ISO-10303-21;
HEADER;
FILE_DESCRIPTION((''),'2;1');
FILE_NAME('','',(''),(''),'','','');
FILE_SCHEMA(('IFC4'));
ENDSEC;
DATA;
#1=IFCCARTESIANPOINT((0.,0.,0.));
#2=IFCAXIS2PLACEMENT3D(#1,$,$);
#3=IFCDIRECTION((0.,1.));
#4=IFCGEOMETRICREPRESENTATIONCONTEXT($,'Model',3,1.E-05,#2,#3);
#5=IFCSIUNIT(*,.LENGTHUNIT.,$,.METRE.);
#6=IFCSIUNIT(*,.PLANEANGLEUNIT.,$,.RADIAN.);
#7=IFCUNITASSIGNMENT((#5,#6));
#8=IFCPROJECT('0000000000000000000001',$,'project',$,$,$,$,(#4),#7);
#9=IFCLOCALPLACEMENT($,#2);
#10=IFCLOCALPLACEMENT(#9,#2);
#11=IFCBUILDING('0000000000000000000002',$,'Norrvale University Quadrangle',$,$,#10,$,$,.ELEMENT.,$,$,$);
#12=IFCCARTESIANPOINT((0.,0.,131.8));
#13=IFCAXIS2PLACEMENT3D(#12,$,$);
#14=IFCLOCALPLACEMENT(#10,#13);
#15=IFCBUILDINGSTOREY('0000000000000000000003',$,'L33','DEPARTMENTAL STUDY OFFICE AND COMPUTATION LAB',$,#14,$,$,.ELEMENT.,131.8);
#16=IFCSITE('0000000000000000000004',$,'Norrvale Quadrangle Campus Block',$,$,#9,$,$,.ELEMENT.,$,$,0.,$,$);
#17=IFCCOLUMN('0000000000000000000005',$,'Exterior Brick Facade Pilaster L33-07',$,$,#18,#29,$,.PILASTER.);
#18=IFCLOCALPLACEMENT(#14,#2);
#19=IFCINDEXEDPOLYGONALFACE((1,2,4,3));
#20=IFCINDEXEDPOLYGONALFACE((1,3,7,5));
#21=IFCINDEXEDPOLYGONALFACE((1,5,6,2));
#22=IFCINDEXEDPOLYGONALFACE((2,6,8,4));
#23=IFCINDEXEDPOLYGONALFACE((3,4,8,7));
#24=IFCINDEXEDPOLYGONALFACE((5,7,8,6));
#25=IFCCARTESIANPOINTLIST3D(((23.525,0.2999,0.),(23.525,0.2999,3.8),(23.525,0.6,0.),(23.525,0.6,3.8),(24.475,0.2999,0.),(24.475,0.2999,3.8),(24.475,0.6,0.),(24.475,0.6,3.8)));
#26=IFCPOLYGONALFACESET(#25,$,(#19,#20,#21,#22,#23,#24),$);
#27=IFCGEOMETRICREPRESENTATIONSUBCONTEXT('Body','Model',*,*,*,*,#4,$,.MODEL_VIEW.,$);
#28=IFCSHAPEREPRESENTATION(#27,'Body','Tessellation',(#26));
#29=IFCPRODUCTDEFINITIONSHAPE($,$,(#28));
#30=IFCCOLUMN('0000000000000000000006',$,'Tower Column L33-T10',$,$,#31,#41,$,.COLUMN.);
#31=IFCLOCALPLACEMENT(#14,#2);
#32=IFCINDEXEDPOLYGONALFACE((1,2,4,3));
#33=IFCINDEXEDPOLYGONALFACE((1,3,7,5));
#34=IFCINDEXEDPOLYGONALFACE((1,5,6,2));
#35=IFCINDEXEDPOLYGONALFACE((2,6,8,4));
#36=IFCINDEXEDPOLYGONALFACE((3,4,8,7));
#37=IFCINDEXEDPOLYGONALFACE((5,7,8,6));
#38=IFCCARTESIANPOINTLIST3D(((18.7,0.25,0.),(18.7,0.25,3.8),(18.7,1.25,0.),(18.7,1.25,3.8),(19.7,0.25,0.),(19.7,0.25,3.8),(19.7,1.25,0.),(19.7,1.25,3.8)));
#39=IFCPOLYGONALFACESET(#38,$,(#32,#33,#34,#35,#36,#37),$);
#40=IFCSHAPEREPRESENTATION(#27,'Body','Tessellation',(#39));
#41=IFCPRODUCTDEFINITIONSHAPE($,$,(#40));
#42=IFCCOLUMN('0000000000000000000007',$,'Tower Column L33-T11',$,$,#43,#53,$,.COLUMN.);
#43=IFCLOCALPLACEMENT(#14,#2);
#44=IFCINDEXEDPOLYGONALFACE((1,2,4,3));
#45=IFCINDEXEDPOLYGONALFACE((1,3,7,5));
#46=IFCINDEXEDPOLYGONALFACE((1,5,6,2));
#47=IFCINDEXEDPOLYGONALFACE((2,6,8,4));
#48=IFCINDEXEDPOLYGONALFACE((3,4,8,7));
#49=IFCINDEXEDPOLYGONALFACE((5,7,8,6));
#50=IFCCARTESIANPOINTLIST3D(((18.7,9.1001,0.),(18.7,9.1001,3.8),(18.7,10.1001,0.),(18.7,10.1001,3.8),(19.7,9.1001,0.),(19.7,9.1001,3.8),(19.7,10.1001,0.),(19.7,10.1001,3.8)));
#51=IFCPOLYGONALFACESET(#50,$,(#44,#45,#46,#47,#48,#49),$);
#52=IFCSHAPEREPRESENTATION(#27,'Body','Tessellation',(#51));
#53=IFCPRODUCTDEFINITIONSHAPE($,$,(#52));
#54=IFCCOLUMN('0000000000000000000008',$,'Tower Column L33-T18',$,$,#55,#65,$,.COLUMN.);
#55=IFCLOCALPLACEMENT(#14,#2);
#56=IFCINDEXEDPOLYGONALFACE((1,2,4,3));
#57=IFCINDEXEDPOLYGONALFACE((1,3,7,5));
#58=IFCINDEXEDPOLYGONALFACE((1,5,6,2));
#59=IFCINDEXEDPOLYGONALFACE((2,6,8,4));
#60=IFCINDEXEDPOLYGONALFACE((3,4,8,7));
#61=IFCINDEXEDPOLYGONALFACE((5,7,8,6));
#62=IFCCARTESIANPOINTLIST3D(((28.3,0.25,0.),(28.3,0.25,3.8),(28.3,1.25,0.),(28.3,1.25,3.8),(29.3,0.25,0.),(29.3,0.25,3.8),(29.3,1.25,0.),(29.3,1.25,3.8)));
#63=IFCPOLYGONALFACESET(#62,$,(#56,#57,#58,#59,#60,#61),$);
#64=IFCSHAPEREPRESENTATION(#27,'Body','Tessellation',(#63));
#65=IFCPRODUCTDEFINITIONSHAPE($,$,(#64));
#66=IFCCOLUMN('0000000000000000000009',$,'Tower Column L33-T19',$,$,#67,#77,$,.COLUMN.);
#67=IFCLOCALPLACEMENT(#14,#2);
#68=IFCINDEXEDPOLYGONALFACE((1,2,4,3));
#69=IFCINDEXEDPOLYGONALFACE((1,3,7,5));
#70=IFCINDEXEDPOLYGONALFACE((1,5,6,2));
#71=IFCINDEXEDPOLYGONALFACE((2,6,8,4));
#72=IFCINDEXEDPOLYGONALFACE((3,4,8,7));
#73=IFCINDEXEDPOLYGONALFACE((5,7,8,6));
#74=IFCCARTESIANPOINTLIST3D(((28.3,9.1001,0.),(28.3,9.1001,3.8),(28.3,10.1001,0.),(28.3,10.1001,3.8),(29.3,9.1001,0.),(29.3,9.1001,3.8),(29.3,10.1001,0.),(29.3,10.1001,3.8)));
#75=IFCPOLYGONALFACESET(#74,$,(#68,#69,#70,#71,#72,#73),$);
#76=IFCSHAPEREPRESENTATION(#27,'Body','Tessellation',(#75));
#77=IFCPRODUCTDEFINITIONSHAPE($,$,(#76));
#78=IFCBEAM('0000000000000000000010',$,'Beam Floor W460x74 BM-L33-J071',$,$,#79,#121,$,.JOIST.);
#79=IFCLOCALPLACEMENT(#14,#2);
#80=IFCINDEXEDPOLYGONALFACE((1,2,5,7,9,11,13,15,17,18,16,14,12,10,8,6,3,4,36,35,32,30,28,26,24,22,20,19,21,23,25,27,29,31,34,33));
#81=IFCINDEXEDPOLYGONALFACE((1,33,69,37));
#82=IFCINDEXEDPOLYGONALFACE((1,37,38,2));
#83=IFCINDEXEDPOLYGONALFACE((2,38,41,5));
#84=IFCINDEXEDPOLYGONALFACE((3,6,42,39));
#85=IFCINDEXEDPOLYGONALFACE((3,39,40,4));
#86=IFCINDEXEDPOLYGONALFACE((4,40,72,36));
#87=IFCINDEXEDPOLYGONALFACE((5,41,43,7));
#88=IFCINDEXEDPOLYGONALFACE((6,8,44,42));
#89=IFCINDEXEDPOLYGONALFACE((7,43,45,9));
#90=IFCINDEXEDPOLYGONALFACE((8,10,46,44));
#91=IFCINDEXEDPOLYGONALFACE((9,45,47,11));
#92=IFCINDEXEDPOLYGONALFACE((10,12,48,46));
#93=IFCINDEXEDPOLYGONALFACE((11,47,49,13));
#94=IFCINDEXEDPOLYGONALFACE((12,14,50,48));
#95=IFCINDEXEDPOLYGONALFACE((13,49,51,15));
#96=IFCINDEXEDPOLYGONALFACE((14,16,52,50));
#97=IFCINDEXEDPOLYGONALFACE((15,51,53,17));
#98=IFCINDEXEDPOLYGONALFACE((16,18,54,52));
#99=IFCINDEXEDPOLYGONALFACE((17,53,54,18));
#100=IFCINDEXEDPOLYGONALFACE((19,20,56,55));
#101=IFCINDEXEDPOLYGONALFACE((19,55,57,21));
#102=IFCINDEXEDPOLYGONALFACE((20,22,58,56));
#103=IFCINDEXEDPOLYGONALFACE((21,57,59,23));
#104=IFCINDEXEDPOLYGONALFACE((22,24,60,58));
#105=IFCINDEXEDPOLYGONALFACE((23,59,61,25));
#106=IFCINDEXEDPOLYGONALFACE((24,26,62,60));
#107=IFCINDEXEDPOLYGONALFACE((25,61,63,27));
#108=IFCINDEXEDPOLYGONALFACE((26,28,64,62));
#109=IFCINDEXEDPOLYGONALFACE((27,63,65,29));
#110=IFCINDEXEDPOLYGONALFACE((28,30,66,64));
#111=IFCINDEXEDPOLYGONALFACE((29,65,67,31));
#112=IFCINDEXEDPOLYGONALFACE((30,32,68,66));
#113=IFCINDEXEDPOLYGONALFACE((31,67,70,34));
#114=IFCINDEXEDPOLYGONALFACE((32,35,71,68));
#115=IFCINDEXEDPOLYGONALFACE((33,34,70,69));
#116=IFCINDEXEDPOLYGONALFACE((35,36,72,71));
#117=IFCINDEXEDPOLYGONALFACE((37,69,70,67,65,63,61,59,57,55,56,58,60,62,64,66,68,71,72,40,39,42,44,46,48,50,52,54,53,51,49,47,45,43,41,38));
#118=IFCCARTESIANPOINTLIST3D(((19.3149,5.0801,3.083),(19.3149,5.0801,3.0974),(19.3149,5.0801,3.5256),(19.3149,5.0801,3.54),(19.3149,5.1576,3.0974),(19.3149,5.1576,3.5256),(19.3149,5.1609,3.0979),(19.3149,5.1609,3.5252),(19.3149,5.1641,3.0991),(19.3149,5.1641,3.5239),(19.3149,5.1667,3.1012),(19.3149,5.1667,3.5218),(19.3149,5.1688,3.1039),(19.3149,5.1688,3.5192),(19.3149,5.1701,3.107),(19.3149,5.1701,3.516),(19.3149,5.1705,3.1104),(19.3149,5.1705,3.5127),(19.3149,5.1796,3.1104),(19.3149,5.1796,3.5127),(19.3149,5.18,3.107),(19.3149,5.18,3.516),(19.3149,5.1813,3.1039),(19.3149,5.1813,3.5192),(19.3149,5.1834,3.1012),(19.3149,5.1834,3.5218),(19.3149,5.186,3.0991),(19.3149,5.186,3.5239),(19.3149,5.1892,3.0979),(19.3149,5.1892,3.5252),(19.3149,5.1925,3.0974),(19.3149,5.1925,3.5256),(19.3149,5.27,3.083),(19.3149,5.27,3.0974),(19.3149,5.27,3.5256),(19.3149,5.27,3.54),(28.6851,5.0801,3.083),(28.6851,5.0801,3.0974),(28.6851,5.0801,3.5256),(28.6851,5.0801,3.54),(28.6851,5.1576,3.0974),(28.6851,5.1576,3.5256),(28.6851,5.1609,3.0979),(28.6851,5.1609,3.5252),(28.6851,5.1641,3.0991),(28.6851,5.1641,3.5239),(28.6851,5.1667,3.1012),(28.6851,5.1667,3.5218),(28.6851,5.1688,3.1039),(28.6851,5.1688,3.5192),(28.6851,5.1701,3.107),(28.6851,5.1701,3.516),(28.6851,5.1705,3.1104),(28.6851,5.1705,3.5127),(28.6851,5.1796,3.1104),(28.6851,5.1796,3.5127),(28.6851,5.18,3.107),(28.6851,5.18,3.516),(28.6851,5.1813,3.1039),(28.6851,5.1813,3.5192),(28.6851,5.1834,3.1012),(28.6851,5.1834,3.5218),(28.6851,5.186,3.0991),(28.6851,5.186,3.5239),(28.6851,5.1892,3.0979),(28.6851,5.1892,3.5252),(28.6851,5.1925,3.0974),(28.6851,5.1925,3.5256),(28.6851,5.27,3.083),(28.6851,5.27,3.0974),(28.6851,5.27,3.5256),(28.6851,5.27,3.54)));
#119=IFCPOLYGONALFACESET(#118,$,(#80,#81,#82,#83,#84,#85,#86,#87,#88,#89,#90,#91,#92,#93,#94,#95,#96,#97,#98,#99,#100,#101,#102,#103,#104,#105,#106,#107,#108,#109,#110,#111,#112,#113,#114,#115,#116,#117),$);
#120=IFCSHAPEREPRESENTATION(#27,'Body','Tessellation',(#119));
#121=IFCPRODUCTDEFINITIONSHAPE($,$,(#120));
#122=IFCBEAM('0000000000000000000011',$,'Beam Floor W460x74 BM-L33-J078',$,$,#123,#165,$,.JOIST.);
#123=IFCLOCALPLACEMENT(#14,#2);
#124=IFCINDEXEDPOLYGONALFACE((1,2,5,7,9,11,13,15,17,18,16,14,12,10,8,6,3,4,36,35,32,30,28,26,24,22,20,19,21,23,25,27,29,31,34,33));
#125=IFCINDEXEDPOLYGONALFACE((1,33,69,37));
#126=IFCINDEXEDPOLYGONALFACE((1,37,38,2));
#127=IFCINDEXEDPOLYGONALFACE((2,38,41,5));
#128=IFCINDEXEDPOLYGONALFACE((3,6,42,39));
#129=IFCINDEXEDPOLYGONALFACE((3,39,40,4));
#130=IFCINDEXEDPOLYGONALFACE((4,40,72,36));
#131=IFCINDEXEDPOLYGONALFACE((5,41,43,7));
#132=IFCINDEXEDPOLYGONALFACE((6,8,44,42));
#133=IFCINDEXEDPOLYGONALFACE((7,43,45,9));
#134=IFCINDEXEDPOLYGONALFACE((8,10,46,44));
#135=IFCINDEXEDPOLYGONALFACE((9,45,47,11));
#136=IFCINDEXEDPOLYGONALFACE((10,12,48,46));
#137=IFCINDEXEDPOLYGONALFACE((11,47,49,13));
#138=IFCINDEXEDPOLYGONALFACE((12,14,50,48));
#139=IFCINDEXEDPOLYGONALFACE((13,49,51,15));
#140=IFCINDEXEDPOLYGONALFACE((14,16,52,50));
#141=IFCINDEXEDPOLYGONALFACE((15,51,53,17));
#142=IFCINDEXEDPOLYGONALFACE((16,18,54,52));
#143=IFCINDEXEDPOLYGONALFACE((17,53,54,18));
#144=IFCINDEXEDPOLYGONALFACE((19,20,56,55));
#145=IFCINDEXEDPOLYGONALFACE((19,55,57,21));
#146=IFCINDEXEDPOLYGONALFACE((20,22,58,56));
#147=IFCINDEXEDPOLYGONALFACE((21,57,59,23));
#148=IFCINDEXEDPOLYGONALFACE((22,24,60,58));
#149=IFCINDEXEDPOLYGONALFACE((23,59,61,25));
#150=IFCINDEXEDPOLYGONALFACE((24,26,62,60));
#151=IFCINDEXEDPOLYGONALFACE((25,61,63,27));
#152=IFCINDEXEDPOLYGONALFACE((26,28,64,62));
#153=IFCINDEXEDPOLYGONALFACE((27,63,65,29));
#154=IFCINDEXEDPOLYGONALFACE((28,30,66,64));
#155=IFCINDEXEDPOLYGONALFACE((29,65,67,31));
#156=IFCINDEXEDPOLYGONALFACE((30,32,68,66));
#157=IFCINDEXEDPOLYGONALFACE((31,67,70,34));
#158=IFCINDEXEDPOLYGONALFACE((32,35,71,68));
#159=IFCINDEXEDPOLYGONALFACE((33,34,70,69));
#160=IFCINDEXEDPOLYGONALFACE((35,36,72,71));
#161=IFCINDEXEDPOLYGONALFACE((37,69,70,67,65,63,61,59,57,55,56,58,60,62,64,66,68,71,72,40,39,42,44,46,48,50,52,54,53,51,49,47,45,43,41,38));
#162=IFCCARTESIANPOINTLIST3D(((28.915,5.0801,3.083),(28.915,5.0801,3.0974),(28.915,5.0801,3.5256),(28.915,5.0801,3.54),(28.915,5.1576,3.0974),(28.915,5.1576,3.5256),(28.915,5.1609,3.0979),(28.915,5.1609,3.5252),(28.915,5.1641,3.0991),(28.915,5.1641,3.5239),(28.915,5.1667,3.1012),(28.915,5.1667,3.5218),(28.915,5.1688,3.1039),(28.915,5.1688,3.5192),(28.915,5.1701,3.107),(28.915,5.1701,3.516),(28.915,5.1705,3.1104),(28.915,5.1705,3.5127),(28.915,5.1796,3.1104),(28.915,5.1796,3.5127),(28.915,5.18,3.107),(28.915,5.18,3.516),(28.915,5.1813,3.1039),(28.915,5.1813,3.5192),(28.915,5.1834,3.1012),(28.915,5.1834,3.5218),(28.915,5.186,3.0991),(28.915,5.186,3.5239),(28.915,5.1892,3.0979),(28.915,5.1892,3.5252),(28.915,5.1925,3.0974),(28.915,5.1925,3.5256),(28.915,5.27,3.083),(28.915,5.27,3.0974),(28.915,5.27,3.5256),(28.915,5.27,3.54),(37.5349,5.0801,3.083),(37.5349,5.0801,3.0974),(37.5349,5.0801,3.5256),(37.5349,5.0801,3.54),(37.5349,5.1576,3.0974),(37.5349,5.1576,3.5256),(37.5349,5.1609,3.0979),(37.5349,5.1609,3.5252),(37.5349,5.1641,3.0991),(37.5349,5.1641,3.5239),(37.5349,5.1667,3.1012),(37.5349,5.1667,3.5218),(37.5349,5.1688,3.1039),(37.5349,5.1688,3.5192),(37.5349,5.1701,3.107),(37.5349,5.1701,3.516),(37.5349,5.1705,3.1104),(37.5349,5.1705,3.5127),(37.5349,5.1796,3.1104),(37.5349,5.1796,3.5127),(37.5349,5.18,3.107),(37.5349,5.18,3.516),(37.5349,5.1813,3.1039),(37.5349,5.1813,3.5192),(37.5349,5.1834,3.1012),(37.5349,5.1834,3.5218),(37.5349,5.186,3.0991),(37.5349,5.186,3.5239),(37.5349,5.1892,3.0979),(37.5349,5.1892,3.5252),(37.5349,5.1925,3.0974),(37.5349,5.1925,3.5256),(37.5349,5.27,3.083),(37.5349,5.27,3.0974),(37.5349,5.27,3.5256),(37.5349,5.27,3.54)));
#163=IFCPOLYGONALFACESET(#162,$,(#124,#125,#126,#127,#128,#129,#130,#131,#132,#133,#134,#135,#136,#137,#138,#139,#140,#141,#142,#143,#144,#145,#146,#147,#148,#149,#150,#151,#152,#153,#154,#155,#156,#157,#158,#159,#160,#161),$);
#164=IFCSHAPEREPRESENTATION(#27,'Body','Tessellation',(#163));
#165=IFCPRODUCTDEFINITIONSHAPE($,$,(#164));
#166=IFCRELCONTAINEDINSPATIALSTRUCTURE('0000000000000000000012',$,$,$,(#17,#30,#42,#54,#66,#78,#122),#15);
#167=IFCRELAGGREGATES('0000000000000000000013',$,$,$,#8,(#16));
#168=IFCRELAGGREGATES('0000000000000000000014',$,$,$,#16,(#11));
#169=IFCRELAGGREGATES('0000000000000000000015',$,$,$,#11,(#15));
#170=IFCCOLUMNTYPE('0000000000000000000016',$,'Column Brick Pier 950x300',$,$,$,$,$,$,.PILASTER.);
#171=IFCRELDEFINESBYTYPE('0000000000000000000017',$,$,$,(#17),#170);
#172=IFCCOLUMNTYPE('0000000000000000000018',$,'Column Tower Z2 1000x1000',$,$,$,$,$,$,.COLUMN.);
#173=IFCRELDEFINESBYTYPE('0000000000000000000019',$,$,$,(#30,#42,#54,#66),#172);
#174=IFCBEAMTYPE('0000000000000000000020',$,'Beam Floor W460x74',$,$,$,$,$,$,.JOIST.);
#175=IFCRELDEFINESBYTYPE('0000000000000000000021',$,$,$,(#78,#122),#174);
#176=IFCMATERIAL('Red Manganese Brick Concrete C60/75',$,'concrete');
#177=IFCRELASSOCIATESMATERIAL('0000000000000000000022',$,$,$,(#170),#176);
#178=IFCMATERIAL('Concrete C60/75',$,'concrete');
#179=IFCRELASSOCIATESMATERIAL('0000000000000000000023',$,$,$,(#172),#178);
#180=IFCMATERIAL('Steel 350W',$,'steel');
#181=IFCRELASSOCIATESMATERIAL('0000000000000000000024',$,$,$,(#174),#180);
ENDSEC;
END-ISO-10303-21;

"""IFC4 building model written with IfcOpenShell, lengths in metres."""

from ifc_helpers import new_model, si_unit, direction, frame, origin, origin_2d, place, context, subcontext, project, spatial, rectangle, i_section, extrude, material, material_profile, profile_set, type_object, element, save


model = new_model("IFC4")

# Units and contexts
model_context = context("Model", 3, precision=1e-05, world=origin(), true_north=direction((0.0, 1.0)))
body_context = subcontext(model_context, "Body", "Model", "MODEL_VIEW")
ifc_project = project(units=[si_unit("LENGTHUNIT", "METRE"), si_unit("PLANEANGLEUNIT", "RADIAN")], contexts=[model_context])

# Site, building, storey
site_placement = place(None, origin())
site = spatial("IfcSite", under=ifc_project, at=site_placement, Name="Norrvale Quadrangle Campus Block", CompositionType="ELEMENT", RefElevation=0.0)
building_placement = place(site_placement, origin())
building = spatial("IfcBuilding", under=site, at=building_placement, Name="Norrvale University Quadrangle", CompositionType="ELEMENT")
storey_placement = place(building_placement, frame((0.0, 0.0, 131.8)))
storey = spatial("IfcBuildingStorey", under=building, at=storey_placement, Name="L33", Description="DEPARTMENTAL STUDY OFFICE AND COMPUTATION LAB", CompositionType="ELEMENT", Elevation=131.8)

# Columns
ifc_material_1 = material(Name="Red Manganese Brick Concrete C60/75", Category="concrete")
ifc_material_profile_1 = material_profile(ifc_material_1, rectangle(XDim=0.95, YDim=0.3, at=origin_2d()), Name="Red Manganese Brick Concrete C60/75")
ifc_profile_set_1 = profile_set([ifc_material_profile_1], Name="Red Manganese Brick Concrete C60/75")
column_type_1 = type_object("IfcColumnType", Name="Column Brick Pier 950x300", PredefinedType="PILASTER", material=ifc_profile_set_1)
column_placement = place(storey_placement, frame((24.0, 0.45, 0.0), z_axis=(0.0, 0.0, 1.0), x_axis=(1.0, 0.0, 0.0)))
element("IfcColumn", 1, at=column_placement, inside=storey, type_object=column_type_1, Name="Exterior Brick Facade Pilaster L33-07", PredefinedType="PILASTER", context=body_context, shape_type="SweptSolid", body=[
    extrude(rectangle(XDim=0.95, YDim=0.3, at=origin_2d()), origin(), (0.0, 0.0, 1.0), 3.8),
])
ifc_material_2 = material(Name="Concrete C60/75", Category="concrete")
ifc_material_profile_2 = material_profile(ifc_material_2, rectangle(XDim=1.0, YDim=1.0, at=origin_2d()), Name="Concrete C60/75")
ifc_profile_set_2 = profile_set([ifc_material_profile_2], Name="Concrete C60/75")
column_type_2 = type_object("IfcColumnType", Name="Column Tower Z2 1000x1000", PredefinedType="COLUMN", material=ifc_profile_set_2)
for number, where, z_axis, x_axis, name in (
    (2, (19.2, 0.75, 0.0), (0.0, 0.0, 1.0), (1.0, 0.0, 0.0), "Tower Column L33-T10"),
    (3, (19.2, 9.6001, 0.0), (0.0, 0.0, 1.0), (1.0, 0.0, 0.0), "Tower Column L33-T11"),
    (4, (28.8, 0.75, 0.0), (0.0, 0.0, 1.0), (1.0, 0.0, 0.0), "Tower Column L33-T18"),
    (5, (28.8, 9.6001, 0.0), (0.0, 0.0, 1.0), (1.0, 0.0, 0.0), "Tower Column L33-T19"),
):
    element("IfcColumn", number, at=place(storey_placement, frame(where, z_axis=z_axis, x_axis=x_axis)), inside=storey, type_object=column_type_2, Name=name, PredefinedType="COLUMN", context=body_context, shape_type="SweptSolid", body=[
        extrude(rectangle(XDim=1.0, YDim=1.0, at=origin_2d()), origin(), (0.0, 0.0, 1.0), 3.8),
    ])

# Beams
ifc_material_3 = material(Name="Steel 350W", Category="steel")
ifc_material_profile_3 = material_profile(ifc_material_3, i_section(OverallWidth=0.1899, OverallDepth=0.457, WebThickness=0.009, FlangeThickness=0.0144, FilletRadius=0.0129, at=origin_2d()), Name="Steel 350W")
ifc_profile_set_3 = profile_set([ifc_material_profile_3], Name="Steel 350W")
beam_type_1 = type_object("IfcBeamType", Name="Beam Floor W460x74", PredefinedType="JOIST", material=ifc_profile_set_3)
beam_1_placement = place(storey_placement, frame((19.3149, 5.175, 3.3115), z_axis=(1.0, 0.0, 0.0), x_axis=(0.0, 1.0, 0.0)))
element("IfcBeam", 6, at=beam_1_placement, inside=storey, type_object=beam_type_1, Name="Beam Floor W460x74 BM-L33-J071", PredefinedType="JOIST", context=body_context, shape_type="SweptSolid", body=[
    extrude(i_section(OverallWidth=0.1899, OverallDepth=0.457, WebThickness=0.009, FlangeThickness=0.0144, FilletRadius=0.0129, at=origin_2d()), origin(), (0.0, 0.0, 1.0), 9.3701),
])
beam_2_placement = place(storey_placement, frame((28.915, 5.175, 3.3115), z_axis=(1.0, 0.0, 0.0), x_axis=(0.0, 1.0, 0.0)))
element("IfcBeam", 7, at=beam_2_placement, inside=storey, type_object=beam_type_1, Name="Beam Floor W460x74 BM-L33-J078", PredefinedType="JOIST", context=body_context, shape_type="SweptSolid", body=[
    extrude(i_section(OverallWidth=0.1899, OverallDepth=0.457, WebThickness=0.009, FlangeThickness=0.0144, FilletRadius=0.0129, at=origin_2d()), origin(), (0.0, 0.0, 1.0), 8.6199),
])

save(model, "model.ifc")
